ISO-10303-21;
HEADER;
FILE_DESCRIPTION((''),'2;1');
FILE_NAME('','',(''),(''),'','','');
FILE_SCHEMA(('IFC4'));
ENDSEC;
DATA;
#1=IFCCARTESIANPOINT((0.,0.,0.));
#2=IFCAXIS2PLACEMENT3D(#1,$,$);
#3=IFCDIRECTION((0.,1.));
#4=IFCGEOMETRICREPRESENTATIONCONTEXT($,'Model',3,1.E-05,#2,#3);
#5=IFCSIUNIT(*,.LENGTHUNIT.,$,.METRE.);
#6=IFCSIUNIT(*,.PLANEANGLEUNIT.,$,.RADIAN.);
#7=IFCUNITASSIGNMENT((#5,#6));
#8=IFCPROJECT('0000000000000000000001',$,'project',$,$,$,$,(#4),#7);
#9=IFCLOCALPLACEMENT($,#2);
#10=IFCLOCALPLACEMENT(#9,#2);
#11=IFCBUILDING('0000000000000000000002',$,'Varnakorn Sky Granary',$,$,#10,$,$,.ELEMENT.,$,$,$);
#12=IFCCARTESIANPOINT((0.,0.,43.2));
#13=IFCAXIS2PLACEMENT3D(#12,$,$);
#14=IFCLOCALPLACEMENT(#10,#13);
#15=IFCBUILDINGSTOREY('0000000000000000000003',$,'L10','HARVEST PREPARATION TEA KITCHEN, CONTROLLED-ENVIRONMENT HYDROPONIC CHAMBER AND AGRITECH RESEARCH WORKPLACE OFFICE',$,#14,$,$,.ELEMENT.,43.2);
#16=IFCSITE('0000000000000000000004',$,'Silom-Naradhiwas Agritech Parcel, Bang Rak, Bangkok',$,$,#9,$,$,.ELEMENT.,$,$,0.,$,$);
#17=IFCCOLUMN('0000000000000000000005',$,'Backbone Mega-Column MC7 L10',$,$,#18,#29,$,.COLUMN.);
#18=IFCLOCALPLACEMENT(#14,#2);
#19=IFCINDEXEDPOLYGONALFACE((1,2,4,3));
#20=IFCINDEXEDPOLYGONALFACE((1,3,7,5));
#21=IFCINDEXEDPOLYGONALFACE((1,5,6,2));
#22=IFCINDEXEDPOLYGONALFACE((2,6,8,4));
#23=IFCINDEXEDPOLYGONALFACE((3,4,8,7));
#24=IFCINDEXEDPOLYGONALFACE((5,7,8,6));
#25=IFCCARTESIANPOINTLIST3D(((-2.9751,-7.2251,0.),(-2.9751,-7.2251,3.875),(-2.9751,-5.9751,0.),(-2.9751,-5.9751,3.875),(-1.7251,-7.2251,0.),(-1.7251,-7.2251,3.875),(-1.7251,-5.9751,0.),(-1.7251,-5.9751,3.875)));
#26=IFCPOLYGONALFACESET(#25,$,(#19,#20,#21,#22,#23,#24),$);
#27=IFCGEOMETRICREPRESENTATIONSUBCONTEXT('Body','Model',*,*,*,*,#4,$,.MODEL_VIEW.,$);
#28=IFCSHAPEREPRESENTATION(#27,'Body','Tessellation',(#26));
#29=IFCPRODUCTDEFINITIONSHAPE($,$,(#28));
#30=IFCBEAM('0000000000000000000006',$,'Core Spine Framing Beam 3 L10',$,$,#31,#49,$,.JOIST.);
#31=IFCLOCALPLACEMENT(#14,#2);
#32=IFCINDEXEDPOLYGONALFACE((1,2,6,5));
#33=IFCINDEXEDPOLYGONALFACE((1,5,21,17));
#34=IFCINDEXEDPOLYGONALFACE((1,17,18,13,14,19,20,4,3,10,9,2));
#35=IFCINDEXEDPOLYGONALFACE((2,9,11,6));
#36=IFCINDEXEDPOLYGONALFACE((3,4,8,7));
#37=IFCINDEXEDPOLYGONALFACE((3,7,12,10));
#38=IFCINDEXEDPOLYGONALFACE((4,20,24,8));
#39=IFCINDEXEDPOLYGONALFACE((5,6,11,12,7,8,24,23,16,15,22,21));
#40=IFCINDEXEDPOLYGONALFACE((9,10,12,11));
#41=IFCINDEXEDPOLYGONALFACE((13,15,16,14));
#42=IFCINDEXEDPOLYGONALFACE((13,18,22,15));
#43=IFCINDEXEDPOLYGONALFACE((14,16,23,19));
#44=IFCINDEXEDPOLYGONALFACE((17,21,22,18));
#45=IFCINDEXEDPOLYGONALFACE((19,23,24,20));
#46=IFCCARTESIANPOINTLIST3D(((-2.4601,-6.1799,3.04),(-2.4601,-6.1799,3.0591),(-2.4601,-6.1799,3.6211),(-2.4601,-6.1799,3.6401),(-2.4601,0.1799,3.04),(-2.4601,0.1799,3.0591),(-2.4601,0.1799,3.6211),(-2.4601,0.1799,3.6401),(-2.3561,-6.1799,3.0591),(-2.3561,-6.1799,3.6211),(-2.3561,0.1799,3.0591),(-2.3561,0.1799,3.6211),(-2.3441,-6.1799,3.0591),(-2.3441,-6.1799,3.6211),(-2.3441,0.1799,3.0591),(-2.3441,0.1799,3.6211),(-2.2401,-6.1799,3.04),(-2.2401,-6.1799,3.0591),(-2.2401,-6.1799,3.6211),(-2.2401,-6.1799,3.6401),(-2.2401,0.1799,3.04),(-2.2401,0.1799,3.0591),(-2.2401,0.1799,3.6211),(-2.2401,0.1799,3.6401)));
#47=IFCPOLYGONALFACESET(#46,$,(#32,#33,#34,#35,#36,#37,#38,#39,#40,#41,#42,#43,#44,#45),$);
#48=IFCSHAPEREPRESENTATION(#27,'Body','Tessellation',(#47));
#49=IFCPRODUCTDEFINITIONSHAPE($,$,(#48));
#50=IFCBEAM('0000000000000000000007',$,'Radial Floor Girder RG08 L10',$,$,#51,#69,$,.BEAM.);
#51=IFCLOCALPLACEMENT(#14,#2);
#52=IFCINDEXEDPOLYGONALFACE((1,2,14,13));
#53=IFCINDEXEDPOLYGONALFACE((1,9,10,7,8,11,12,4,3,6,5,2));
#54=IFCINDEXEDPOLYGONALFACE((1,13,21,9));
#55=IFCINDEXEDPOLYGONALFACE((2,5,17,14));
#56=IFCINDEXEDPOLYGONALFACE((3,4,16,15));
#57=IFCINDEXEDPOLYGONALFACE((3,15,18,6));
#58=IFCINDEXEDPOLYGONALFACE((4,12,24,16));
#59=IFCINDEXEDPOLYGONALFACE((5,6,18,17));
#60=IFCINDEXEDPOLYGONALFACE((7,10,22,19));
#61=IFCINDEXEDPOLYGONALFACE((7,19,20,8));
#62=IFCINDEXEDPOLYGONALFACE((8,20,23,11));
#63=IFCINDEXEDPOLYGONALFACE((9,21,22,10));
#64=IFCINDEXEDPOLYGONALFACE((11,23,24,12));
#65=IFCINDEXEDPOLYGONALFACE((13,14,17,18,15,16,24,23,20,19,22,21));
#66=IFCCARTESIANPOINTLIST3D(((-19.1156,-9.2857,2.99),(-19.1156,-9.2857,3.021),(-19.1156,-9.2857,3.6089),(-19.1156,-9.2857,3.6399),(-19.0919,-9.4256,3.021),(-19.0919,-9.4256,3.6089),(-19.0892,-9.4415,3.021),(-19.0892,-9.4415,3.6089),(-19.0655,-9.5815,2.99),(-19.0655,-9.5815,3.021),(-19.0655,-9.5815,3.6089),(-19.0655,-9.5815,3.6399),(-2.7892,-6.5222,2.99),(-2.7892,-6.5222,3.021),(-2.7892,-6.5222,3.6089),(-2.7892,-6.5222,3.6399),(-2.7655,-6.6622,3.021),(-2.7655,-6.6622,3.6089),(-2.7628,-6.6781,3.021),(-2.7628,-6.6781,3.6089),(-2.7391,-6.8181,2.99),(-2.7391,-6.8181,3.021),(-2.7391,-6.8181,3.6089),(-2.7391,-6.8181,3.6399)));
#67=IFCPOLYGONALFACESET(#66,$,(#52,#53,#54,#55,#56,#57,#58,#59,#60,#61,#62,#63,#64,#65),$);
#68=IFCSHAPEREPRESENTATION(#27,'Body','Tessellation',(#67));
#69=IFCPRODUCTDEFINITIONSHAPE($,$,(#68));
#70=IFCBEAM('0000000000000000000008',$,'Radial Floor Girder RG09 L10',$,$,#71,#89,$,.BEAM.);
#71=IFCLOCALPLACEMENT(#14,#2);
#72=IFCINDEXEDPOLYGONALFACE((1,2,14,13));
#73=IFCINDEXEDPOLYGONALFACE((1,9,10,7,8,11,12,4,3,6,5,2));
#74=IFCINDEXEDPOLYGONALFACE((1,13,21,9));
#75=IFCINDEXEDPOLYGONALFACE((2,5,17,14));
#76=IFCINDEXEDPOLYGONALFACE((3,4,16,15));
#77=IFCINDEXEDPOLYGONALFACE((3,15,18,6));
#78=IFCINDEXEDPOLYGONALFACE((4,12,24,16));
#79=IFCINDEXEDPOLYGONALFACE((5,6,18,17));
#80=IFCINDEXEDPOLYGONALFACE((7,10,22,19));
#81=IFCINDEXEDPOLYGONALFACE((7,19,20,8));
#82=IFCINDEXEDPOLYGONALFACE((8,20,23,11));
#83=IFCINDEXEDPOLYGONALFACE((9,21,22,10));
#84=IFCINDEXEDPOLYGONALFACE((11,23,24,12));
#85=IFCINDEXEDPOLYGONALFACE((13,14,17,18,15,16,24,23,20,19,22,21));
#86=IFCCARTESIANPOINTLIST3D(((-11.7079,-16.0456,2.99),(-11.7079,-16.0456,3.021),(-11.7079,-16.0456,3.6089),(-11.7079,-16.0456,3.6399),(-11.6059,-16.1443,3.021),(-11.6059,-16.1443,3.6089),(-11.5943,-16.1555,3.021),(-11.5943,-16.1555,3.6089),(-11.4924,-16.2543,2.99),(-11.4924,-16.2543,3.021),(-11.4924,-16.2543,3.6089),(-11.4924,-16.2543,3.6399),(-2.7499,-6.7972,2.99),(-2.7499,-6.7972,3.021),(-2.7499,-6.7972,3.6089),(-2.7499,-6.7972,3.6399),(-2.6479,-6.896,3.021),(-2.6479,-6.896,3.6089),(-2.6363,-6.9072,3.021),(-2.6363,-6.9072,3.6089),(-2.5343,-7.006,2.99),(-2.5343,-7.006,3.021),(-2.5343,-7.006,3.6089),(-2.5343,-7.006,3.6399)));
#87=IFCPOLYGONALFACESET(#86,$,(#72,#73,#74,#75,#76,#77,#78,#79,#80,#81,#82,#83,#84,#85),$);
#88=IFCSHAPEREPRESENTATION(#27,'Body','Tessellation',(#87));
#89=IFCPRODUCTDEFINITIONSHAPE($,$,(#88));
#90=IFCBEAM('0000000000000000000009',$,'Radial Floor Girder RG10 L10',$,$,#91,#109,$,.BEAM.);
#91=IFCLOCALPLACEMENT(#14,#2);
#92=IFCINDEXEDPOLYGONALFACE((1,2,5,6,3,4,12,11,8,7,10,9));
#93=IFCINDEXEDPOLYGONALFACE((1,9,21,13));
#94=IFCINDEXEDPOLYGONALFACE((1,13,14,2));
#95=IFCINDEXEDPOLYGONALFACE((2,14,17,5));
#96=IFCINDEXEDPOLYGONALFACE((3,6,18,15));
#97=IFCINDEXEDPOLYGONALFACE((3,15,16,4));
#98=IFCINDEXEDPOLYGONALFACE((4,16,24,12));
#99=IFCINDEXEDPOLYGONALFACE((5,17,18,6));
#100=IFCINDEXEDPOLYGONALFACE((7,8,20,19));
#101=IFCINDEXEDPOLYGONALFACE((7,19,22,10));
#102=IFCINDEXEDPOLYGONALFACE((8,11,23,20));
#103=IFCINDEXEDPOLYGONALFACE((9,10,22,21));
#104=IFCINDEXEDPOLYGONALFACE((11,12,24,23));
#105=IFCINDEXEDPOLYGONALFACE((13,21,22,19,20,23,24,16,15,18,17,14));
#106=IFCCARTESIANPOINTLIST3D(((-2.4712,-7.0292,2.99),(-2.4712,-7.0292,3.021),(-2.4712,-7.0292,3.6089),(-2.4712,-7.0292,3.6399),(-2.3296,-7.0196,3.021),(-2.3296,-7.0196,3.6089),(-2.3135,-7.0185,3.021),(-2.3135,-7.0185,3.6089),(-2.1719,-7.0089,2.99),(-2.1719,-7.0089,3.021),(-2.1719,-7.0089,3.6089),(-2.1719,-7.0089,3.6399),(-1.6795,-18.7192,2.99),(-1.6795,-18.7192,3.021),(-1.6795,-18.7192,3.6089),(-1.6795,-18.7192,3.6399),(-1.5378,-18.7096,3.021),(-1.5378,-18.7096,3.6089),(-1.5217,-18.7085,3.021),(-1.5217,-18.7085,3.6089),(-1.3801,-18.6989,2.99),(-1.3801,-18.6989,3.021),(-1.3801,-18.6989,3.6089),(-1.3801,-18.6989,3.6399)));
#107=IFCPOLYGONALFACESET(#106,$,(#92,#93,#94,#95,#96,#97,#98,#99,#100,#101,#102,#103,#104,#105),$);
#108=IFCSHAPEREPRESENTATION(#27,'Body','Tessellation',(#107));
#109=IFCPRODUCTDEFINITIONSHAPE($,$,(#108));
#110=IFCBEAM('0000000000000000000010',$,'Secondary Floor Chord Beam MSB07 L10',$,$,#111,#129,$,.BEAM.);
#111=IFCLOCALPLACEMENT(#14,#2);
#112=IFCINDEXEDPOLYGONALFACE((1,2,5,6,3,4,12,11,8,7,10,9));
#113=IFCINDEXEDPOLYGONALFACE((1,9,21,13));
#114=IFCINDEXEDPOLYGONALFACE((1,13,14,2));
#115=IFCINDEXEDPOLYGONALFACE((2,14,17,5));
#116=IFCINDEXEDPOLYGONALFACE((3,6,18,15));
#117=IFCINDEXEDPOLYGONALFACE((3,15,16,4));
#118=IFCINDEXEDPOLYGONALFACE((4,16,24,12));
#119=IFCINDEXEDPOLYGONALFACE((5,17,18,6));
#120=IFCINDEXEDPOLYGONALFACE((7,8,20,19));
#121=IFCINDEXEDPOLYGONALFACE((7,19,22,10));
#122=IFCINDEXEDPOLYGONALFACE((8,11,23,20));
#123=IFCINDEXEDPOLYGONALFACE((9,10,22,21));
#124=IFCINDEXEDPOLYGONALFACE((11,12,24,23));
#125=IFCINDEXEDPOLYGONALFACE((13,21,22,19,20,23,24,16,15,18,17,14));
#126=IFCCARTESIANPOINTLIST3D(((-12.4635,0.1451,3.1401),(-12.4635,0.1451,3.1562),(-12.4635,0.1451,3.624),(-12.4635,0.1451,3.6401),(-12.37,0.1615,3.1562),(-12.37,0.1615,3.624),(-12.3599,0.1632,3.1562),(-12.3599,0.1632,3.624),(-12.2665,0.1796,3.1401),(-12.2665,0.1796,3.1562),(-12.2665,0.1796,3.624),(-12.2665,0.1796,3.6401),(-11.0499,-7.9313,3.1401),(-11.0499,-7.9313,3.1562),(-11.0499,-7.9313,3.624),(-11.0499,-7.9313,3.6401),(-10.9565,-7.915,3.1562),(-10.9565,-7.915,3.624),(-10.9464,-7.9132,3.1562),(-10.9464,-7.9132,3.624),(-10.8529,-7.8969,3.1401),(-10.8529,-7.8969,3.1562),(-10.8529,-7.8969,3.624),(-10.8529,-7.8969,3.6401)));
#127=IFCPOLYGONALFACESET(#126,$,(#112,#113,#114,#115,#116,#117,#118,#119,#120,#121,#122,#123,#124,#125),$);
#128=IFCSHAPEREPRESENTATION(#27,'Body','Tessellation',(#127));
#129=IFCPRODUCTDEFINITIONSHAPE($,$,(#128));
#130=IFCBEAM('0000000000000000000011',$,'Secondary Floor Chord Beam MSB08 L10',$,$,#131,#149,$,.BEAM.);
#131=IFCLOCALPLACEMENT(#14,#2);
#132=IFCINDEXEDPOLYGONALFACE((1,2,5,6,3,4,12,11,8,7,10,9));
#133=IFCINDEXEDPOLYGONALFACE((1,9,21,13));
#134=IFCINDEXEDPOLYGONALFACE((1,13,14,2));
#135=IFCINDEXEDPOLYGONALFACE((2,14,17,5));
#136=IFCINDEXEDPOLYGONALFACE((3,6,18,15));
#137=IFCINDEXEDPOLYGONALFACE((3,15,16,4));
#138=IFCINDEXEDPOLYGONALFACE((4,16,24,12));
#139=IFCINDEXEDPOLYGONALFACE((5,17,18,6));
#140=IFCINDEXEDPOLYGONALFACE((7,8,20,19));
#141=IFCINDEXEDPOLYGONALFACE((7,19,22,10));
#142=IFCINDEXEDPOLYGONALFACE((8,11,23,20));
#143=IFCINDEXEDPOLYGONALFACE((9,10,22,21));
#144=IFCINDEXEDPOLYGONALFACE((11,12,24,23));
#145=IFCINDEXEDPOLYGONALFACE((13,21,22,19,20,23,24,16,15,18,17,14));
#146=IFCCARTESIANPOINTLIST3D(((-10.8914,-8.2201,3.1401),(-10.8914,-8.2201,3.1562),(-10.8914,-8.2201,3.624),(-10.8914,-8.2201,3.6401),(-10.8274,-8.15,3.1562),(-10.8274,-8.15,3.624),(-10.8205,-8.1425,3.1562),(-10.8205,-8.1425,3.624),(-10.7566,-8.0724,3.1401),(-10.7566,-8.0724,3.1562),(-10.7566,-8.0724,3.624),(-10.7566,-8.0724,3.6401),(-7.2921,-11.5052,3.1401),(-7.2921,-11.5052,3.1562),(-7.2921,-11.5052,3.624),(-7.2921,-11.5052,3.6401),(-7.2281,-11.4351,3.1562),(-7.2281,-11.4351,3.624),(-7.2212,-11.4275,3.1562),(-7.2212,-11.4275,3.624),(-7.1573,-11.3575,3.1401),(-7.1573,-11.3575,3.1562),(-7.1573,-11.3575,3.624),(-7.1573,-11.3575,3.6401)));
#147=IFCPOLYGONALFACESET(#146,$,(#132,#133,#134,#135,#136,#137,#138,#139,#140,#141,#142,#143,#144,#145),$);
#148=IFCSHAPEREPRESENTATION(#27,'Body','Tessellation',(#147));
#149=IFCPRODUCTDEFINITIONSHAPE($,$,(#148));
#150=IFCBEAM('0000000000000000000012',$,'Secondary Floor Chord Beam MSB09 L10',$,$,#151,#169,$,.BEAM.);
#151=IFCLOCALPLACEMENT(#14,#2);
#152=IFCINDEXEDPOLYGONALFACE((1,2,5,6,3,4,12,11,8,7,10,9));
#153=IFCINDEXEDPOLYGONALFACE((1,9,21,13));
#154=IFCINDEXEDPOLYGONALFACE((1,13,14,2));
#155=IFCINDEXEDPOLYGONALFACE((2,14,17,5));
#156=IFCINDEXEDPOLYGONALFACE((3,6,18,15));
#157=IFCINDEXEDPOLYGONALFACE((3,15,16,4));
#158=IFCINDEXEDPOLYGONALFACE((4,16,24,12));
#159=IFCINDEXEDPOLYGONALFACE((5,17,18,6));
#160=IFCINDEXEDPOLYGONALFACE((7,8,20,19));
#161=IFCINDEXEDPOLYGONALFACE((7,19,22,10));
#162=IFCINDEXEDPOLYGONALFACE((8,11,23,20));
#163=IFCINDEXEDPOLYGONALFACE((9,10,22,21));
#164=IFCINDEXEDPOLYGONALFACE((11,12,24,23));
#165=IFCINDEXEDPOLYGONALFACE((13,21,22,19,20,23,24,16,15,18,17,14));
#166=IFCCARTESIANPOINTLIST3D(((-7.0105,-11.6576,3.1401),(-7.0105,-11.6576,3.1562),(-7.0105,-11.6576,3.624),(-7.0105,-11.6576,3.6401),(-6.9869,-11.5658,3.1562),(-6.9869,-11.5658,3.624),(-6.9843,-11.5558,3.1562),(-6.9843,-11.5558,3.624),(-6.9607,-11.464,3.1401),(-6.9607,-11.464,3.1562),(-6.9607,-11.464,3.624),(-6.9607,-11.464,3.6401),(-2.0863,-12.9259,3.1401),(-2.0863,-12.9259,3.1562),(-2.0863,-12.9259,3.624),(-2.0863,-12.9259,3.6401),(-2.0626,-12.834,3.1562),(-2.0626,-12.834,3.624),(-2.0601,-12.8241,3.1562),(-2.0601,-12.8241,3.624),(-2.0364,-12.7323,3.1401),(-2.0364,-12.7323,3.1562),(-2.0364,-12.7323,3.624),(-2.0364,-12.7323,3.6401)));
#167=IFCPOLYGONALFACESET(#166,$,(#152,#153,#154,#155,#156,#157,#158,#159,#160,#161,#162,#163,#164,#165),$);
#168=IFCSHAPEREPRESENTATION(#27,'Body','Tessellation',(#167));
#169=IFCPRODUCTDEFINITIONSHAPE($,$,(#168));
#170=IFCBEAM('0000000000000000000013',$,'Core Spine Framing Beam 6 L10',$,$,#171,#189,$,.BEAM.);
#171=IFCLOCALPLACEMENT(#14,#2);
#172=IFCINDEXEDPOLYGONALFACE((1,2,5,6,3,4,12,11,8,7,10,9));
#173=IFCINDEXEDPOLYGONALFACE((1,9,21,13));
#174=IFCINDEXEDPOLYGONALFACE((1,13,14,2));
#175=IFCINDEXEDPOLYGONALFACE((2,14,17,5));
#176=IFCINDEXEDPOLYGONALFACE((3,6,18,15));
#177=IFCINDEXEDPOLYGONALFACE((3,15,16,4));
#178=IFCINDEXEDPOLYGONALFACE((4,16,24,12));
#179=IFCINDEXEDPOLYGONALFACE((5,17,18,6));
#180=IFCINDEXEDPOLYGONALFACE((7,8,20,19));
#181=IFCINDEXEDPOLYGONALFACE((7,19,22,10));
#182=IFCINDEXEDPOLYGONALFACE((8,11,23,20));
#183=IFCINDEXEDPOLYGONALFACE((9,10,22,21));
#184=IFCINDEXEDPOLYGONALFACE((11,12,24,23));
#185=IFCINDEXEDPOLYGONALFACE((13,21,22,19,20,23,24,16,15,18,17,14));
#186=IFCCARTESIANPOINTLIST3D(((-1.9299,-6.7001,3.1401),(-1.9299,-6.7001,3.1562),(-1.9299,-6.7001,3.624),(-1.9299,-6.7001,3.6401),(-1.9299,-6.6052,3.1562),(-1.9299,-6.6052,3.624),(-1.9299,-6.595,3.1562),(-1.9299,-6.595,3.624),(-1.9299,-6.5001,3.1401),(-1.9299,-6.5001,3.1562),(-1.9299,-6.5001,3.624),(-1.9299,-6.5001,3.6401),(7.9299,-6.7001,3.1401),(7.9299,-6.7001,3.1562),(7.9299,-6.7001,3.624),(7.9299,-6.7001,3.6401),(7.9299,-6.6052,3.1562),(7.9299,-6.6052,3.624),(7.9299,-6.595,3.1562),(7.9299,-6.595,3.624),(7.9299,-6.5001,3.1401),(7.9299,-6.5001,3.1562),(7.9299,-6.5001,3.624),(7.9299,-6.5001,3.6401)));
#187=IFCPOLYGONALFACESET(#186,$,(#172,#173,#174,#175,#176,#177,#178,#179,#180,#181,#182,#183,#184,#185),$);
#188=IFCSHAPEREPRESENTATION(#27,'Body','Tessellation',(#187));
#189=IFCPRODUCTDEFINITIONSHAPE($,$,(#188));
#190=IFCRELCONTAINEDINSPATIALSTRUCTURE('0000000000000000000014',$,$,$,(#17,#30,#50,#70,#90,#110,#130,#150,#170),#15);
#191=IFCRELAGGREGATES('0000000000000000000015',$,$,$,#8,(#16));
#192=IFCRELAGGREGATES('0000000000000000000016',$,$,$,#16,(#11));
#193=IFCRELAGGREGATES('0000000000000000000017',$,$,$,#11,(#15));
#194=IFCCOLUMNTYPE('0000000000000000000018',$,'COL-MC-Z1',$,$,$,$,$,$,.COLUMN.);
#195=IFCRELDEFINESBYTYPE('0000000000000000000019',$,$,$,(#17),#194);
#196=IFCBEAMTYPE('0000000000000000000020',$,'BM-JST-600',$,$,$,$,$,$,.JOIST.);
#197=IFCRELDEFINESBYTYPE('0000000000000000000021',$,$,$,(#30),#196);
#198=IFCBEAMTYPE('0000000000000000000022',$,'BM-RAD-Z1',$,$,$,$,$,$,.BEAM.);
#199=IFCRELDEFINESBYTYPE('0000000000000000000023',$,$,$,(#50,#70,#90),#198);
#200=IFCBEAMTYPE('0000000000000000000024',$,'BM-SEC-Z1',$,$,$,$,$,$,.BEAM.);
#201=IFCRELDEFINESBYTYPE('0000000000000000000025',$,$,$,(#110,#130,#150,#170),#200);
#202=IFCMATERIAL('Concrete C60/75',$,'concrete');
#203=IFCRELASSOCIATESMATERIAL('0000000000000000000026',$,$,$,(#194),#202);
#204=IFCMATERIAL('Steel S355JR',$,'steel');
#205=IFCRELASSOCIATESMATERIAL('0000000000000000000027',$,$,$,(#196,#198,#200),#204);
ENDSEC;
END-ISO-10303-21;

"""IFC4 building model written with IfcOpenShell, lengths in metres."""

from ifc_helpers import new_model, si_unit, direction, frame, origin, origin_2d, place, context, subcontext, project, spatial, rectangle, i_section, extrude, material, material_profile, profile_set, type_object, element, save


model = new_model("IFC4")

# Units and contexts
model_context = context("Model", 3, precision=1e-05, world=origin(), true_north=direction((0.0, 1.0)))
body_context = subcontext(model_context, "Body", "Model", "MODEL_VIEW")
ifc_project = project(units=[si_unit("LENGTHUNIT", "METRE"), si_unit("PLANEANGLEUNIT", "RADIAN")], contexts=[model_context])

# Site, building, storey
site_placement = place(None, origin())
site = spatial("IfcSite", under=ifc_project, at=site_placement, Name="Silom-Naradhiwas Agritech Parcel, Bang Rak, Bangkok", CompositionType="ELEMENT", RefElevation=0.0)
building_placement = place(site_placement, origin())
building = spatial("IfcBuilding", under=site, at=building_placement, Name="Varnakorn Sky Granary", CompositionType="ELEMENT")
storey_placement = place(building_placement, frame((0.0, 0.0, 43.2)))
storey = spatial("IfcBuildingStorey", under=building, at=storey_placement, Name="L10", Description="HARVEST PREPARATION TEA KITCHEN, CONTROLLED-ENVIRONMENT HYDROPONIC CHAMBER AND AGRITECH RESEARCH WORKPLACE OFFICE", CompositionType="ELEMENT", Elevation=43.2)

# Column
ifc_material_1 = material(Name="Concrete C60/75", Category="concrete")
ifc_material_profile_1 = material_profile(ifc_material_1, rectangle(XDim=1.25, YDim=1.25, at=origin_2d()), Name="RC 1250x1250")
ifc_profile_set_1 = profile_set([ifc_material_profile_1], Name="Concrete C60/75")
column_type = type_object("IfcColumnType", Name="COL-MC-Z1", PredefinedType="COLUMN", material=ifc_profile_set_1)
column_placement = place(storey_placement, frame((-2.3501, -6.6001, 0.0), z_axis=(0.0, 0.0, 1.0), x_axis=(1.0, 0.0, 0.0)))
element("IfcColumn", 1, at=column_placement, inside=storey, type_object=column_type, Name="Backbone Mega-Column MC7 L10", PredefinedType="COLUMN", context=body_context, shape_type="SweptSolid", body=[
    extrude(rectangle(XDim=1.25, YDim=1.25, at=origin_2d()), origin(), (0.0, 0.0, 1.0), 3.875),
])

# Beams
ifc_material_2 = material(Name="Steel S355JR", Category="steel")
ifc_material_profile_2 = material_profile(ifc_material_2, i_section(OverallWidth=0.22, OverallDepth=0.6001, WebThickness=0.012, FlangeThickness=0.019, at=origin_2d()), Name="IPE 600")
ifc_profile_set_2 = profile_set([ifc_material_profile_2], Name="Steel S355JR")
beam_type_1 = type_object("IfcBeamType", Name="BM-JST-600", PredefinedType="JOIST", material=ifc_profile_set_2)
beam_1_placement = place(storey_placement, frame((-2.3501, 0.1799, 3.3401), z_axis=(0.0, -1.0, 0.0), x_axis=(1.0, 0.0, 0.0)))
element("IfcBeam", 2, at=beam_1_placement, inside=storey, type_object=beam_type_1, Name="Core Spine Framing Beam 3 L10", PredefinedType="JOIST", context=body_context, shape_type="SweptSolid", body=[
    extrude(i_section(OverallWidth=0.22, OverallDepth=0.6001, WebThickness=0.012, FlangeThickness=0.019, at=origin_2d()), origin(), (0.0, 0.0, 1.0), 6.3599),
])
ifc_material_profile_3 = material_profile(ifc_material_2, i_section(OverallWidth=0.3, OverallDepth=0.6499, WebThickness=0.0161, FlangeThickness=0.031, at=origin_2d()), Name="HE 650 B")
ifc_profile_set_3 = profile_set([ifc_material_profile_3], Name="Steel S355JR")
beam_type_2 = type_object("IfcBeamType", Name="BM-RAD-Z1", PredefinedType="BEAM", material=ifc_profile_set_3)
beam_2_placement = place(storey_placement, frame((-2.7642, -6.6702, 3.3149), z_axis=(-0.985976, -0.166887, 0.0), x_axis=(0.166887, -0.985976, 0.0)))
element("IfcBeam", 3, at=beam_2_placement, inside=storey, type_object=beam_type_2, Name="Radial Floor Girder RG08 L10", PredefinedType="BEAM", context=body_context, shape_type="SweptSolid", body=[
    extrude(i_section(OverallWidth=0.3, OverallDepth=0.6499, WebThickness=0.0161, FlangeThickness=0.031, at=origin_2d()), origin(), (0.0, 0.0, 1.0), 16.5586),
])
beam_3_placement = place(storey_placement, frame((-2.6421, -6.9016, 3.3149), z_axis=(-0.695744, -0.71829, 0.0), x_axis=(0.71829, -0.695744, 0.0)))
element("IfcBeam", 4, at=beam_3_placement, inside=storey, type_object=beam_type_2, Name="Radial Floor Girder RG09 L10", PredefinedType="BEAM", context=body_context, shape_type="SweptSolid", body=[
    extrude(i_section(OverallWidth=0.3, OverallDepth=0.6499, WebThickness=0.0161, FlangeThickness=0.031, at=origin_2d()), origin(), (0.0, 0.0, 1.0), 12.8755),
])
beam_4_placement = place(storey_placement, frame((-2.3215, -7.019, 3.3149), z_axis=(0.067574, -0.997714, 0.0), x_axis=(0.997714, 0.067574, 0.0)))
element("IfcBeam", 5, at=beam_4_placement, inside=storey, type_object=beam_type_2, Name="Radial Floor Girder RG10 L10", PredefinedType="BEAM", context=body_context, shape_type="SweptSolid", body=[
    extrude(i_section(OverallWidth=0.3, OverallDepth=0.6499, WebThickness=0.0161, FlangeThickness=0.031, at=origin_2d()), origin(), (0.0, 0.0, 1.0), 11.7168),
])
ifc_material_profile_4 = material_profile(ifc_material_2, i_section(OverallWidth=0.2, OverallDepth=0.5, WebThickness=0.0103, FlangeThickness=0.0161, at=origin_2d()), Name="IPE 500")
ifc_profile_set_4 = profile_set([ifc_material_profile_4], Name="Steel S355JR")
beam_type_3 = type_object("IfcBeamType", Name="BM-SEC-Z1", PredefinedType="BEAM", material=ifc_profile_set_4)
beam_5_placement = place(storey_placement, frame((-12.365, 0.1624, 3.3901), z_axis=(0.172404, -0.985026, 0.0), x_axis=(0.985026, 0.172404, 0.0)))
element("IfcBeam", 6, at=beam_5_placement, inside=storey, type_object=beam_type_3, Name="Secondary Floor Chord Beam MSB07 L10", PredefinedType="BEAM", context=body_context, shape_type="SweptSolid", body=[
    extrude(i_section(OverallWidth=0.2, OverallDepth=0.5, WebThickness=0.0103, FlangeThickness=0.0161, at=origin_2d()), origin(), (0.0, 0.0, 1.0), 8.1992),
])
beam_6_placement = place(storey_placement, frame((-10.824, -8.1462, 3.3901), z_axis=(0.73861, -0.674133, 0.0), x_axis=(0.674133, 0.73861, 0.0)))
element("IfcBeam", 7, at=beam_6_placement, inside=storey, type_object=beam_type_3, Name="Secondary Floor Chord Beam MSB08 L10", PredefinedType="BEAM", context=body_context, shape_type="SweptSolid", body=[
    extrude(i_section(OverallWidth=0.2, OverallDepth=0.5, WebThickness=0.0103, FlangeThickness=0.0161, at=origin_2d()), origin(), (0.0, 0.0, 1.0), 4.873),
])
beam_7_placement = place(storey_placement, frame((-6.9856, -11.5608, 3.3901), z_axis=(0.968395, -0.249421, 0.0), x_axis=(0.249421, 0.968395, 0.0)))
element("IfcBeam", 8, at=beam_7_placement, inside=storey, type_object=beam_type_3, Name="Secondary Floor Chord Beam MSB09 L10", PredefinedType="BEAM", context=body_context, shape_type="SweptSolid", body=[
    extrude(i_section(OverallWidth=0.2, OverallDepth=0.5, WebThickness=0.0103, FlangeThickness=0.0161, at=origin_2d()), origin(), (0.0, 0.0, 1.0), 5.085),
])
beam_8_placement = place(storey_placement, frame((-1.9299, -6.6001, 3.3901), z_axis=(1.0, 0.0, 0.0), x_axis=(0.0, 1.0, 0.0)))
element("IfcBeam", 9, at=beam_8_placement, inside=storey, type_object=beam_type_3, Name="Core Spine Framing Beam 6 L10", PredefinedType="BEAM", context=body_context, shape_type="SweptSolid", body=[
    extrude(i_section(OverallWidth=0.2, OverallDepth=0.5, WebThickness=0.0103, FlangeThickness=0.0161, at=origin_2d()), origin(), (0.0, 0.0, 1.0), 9.8599),
])

save(model, "model.ifc")
